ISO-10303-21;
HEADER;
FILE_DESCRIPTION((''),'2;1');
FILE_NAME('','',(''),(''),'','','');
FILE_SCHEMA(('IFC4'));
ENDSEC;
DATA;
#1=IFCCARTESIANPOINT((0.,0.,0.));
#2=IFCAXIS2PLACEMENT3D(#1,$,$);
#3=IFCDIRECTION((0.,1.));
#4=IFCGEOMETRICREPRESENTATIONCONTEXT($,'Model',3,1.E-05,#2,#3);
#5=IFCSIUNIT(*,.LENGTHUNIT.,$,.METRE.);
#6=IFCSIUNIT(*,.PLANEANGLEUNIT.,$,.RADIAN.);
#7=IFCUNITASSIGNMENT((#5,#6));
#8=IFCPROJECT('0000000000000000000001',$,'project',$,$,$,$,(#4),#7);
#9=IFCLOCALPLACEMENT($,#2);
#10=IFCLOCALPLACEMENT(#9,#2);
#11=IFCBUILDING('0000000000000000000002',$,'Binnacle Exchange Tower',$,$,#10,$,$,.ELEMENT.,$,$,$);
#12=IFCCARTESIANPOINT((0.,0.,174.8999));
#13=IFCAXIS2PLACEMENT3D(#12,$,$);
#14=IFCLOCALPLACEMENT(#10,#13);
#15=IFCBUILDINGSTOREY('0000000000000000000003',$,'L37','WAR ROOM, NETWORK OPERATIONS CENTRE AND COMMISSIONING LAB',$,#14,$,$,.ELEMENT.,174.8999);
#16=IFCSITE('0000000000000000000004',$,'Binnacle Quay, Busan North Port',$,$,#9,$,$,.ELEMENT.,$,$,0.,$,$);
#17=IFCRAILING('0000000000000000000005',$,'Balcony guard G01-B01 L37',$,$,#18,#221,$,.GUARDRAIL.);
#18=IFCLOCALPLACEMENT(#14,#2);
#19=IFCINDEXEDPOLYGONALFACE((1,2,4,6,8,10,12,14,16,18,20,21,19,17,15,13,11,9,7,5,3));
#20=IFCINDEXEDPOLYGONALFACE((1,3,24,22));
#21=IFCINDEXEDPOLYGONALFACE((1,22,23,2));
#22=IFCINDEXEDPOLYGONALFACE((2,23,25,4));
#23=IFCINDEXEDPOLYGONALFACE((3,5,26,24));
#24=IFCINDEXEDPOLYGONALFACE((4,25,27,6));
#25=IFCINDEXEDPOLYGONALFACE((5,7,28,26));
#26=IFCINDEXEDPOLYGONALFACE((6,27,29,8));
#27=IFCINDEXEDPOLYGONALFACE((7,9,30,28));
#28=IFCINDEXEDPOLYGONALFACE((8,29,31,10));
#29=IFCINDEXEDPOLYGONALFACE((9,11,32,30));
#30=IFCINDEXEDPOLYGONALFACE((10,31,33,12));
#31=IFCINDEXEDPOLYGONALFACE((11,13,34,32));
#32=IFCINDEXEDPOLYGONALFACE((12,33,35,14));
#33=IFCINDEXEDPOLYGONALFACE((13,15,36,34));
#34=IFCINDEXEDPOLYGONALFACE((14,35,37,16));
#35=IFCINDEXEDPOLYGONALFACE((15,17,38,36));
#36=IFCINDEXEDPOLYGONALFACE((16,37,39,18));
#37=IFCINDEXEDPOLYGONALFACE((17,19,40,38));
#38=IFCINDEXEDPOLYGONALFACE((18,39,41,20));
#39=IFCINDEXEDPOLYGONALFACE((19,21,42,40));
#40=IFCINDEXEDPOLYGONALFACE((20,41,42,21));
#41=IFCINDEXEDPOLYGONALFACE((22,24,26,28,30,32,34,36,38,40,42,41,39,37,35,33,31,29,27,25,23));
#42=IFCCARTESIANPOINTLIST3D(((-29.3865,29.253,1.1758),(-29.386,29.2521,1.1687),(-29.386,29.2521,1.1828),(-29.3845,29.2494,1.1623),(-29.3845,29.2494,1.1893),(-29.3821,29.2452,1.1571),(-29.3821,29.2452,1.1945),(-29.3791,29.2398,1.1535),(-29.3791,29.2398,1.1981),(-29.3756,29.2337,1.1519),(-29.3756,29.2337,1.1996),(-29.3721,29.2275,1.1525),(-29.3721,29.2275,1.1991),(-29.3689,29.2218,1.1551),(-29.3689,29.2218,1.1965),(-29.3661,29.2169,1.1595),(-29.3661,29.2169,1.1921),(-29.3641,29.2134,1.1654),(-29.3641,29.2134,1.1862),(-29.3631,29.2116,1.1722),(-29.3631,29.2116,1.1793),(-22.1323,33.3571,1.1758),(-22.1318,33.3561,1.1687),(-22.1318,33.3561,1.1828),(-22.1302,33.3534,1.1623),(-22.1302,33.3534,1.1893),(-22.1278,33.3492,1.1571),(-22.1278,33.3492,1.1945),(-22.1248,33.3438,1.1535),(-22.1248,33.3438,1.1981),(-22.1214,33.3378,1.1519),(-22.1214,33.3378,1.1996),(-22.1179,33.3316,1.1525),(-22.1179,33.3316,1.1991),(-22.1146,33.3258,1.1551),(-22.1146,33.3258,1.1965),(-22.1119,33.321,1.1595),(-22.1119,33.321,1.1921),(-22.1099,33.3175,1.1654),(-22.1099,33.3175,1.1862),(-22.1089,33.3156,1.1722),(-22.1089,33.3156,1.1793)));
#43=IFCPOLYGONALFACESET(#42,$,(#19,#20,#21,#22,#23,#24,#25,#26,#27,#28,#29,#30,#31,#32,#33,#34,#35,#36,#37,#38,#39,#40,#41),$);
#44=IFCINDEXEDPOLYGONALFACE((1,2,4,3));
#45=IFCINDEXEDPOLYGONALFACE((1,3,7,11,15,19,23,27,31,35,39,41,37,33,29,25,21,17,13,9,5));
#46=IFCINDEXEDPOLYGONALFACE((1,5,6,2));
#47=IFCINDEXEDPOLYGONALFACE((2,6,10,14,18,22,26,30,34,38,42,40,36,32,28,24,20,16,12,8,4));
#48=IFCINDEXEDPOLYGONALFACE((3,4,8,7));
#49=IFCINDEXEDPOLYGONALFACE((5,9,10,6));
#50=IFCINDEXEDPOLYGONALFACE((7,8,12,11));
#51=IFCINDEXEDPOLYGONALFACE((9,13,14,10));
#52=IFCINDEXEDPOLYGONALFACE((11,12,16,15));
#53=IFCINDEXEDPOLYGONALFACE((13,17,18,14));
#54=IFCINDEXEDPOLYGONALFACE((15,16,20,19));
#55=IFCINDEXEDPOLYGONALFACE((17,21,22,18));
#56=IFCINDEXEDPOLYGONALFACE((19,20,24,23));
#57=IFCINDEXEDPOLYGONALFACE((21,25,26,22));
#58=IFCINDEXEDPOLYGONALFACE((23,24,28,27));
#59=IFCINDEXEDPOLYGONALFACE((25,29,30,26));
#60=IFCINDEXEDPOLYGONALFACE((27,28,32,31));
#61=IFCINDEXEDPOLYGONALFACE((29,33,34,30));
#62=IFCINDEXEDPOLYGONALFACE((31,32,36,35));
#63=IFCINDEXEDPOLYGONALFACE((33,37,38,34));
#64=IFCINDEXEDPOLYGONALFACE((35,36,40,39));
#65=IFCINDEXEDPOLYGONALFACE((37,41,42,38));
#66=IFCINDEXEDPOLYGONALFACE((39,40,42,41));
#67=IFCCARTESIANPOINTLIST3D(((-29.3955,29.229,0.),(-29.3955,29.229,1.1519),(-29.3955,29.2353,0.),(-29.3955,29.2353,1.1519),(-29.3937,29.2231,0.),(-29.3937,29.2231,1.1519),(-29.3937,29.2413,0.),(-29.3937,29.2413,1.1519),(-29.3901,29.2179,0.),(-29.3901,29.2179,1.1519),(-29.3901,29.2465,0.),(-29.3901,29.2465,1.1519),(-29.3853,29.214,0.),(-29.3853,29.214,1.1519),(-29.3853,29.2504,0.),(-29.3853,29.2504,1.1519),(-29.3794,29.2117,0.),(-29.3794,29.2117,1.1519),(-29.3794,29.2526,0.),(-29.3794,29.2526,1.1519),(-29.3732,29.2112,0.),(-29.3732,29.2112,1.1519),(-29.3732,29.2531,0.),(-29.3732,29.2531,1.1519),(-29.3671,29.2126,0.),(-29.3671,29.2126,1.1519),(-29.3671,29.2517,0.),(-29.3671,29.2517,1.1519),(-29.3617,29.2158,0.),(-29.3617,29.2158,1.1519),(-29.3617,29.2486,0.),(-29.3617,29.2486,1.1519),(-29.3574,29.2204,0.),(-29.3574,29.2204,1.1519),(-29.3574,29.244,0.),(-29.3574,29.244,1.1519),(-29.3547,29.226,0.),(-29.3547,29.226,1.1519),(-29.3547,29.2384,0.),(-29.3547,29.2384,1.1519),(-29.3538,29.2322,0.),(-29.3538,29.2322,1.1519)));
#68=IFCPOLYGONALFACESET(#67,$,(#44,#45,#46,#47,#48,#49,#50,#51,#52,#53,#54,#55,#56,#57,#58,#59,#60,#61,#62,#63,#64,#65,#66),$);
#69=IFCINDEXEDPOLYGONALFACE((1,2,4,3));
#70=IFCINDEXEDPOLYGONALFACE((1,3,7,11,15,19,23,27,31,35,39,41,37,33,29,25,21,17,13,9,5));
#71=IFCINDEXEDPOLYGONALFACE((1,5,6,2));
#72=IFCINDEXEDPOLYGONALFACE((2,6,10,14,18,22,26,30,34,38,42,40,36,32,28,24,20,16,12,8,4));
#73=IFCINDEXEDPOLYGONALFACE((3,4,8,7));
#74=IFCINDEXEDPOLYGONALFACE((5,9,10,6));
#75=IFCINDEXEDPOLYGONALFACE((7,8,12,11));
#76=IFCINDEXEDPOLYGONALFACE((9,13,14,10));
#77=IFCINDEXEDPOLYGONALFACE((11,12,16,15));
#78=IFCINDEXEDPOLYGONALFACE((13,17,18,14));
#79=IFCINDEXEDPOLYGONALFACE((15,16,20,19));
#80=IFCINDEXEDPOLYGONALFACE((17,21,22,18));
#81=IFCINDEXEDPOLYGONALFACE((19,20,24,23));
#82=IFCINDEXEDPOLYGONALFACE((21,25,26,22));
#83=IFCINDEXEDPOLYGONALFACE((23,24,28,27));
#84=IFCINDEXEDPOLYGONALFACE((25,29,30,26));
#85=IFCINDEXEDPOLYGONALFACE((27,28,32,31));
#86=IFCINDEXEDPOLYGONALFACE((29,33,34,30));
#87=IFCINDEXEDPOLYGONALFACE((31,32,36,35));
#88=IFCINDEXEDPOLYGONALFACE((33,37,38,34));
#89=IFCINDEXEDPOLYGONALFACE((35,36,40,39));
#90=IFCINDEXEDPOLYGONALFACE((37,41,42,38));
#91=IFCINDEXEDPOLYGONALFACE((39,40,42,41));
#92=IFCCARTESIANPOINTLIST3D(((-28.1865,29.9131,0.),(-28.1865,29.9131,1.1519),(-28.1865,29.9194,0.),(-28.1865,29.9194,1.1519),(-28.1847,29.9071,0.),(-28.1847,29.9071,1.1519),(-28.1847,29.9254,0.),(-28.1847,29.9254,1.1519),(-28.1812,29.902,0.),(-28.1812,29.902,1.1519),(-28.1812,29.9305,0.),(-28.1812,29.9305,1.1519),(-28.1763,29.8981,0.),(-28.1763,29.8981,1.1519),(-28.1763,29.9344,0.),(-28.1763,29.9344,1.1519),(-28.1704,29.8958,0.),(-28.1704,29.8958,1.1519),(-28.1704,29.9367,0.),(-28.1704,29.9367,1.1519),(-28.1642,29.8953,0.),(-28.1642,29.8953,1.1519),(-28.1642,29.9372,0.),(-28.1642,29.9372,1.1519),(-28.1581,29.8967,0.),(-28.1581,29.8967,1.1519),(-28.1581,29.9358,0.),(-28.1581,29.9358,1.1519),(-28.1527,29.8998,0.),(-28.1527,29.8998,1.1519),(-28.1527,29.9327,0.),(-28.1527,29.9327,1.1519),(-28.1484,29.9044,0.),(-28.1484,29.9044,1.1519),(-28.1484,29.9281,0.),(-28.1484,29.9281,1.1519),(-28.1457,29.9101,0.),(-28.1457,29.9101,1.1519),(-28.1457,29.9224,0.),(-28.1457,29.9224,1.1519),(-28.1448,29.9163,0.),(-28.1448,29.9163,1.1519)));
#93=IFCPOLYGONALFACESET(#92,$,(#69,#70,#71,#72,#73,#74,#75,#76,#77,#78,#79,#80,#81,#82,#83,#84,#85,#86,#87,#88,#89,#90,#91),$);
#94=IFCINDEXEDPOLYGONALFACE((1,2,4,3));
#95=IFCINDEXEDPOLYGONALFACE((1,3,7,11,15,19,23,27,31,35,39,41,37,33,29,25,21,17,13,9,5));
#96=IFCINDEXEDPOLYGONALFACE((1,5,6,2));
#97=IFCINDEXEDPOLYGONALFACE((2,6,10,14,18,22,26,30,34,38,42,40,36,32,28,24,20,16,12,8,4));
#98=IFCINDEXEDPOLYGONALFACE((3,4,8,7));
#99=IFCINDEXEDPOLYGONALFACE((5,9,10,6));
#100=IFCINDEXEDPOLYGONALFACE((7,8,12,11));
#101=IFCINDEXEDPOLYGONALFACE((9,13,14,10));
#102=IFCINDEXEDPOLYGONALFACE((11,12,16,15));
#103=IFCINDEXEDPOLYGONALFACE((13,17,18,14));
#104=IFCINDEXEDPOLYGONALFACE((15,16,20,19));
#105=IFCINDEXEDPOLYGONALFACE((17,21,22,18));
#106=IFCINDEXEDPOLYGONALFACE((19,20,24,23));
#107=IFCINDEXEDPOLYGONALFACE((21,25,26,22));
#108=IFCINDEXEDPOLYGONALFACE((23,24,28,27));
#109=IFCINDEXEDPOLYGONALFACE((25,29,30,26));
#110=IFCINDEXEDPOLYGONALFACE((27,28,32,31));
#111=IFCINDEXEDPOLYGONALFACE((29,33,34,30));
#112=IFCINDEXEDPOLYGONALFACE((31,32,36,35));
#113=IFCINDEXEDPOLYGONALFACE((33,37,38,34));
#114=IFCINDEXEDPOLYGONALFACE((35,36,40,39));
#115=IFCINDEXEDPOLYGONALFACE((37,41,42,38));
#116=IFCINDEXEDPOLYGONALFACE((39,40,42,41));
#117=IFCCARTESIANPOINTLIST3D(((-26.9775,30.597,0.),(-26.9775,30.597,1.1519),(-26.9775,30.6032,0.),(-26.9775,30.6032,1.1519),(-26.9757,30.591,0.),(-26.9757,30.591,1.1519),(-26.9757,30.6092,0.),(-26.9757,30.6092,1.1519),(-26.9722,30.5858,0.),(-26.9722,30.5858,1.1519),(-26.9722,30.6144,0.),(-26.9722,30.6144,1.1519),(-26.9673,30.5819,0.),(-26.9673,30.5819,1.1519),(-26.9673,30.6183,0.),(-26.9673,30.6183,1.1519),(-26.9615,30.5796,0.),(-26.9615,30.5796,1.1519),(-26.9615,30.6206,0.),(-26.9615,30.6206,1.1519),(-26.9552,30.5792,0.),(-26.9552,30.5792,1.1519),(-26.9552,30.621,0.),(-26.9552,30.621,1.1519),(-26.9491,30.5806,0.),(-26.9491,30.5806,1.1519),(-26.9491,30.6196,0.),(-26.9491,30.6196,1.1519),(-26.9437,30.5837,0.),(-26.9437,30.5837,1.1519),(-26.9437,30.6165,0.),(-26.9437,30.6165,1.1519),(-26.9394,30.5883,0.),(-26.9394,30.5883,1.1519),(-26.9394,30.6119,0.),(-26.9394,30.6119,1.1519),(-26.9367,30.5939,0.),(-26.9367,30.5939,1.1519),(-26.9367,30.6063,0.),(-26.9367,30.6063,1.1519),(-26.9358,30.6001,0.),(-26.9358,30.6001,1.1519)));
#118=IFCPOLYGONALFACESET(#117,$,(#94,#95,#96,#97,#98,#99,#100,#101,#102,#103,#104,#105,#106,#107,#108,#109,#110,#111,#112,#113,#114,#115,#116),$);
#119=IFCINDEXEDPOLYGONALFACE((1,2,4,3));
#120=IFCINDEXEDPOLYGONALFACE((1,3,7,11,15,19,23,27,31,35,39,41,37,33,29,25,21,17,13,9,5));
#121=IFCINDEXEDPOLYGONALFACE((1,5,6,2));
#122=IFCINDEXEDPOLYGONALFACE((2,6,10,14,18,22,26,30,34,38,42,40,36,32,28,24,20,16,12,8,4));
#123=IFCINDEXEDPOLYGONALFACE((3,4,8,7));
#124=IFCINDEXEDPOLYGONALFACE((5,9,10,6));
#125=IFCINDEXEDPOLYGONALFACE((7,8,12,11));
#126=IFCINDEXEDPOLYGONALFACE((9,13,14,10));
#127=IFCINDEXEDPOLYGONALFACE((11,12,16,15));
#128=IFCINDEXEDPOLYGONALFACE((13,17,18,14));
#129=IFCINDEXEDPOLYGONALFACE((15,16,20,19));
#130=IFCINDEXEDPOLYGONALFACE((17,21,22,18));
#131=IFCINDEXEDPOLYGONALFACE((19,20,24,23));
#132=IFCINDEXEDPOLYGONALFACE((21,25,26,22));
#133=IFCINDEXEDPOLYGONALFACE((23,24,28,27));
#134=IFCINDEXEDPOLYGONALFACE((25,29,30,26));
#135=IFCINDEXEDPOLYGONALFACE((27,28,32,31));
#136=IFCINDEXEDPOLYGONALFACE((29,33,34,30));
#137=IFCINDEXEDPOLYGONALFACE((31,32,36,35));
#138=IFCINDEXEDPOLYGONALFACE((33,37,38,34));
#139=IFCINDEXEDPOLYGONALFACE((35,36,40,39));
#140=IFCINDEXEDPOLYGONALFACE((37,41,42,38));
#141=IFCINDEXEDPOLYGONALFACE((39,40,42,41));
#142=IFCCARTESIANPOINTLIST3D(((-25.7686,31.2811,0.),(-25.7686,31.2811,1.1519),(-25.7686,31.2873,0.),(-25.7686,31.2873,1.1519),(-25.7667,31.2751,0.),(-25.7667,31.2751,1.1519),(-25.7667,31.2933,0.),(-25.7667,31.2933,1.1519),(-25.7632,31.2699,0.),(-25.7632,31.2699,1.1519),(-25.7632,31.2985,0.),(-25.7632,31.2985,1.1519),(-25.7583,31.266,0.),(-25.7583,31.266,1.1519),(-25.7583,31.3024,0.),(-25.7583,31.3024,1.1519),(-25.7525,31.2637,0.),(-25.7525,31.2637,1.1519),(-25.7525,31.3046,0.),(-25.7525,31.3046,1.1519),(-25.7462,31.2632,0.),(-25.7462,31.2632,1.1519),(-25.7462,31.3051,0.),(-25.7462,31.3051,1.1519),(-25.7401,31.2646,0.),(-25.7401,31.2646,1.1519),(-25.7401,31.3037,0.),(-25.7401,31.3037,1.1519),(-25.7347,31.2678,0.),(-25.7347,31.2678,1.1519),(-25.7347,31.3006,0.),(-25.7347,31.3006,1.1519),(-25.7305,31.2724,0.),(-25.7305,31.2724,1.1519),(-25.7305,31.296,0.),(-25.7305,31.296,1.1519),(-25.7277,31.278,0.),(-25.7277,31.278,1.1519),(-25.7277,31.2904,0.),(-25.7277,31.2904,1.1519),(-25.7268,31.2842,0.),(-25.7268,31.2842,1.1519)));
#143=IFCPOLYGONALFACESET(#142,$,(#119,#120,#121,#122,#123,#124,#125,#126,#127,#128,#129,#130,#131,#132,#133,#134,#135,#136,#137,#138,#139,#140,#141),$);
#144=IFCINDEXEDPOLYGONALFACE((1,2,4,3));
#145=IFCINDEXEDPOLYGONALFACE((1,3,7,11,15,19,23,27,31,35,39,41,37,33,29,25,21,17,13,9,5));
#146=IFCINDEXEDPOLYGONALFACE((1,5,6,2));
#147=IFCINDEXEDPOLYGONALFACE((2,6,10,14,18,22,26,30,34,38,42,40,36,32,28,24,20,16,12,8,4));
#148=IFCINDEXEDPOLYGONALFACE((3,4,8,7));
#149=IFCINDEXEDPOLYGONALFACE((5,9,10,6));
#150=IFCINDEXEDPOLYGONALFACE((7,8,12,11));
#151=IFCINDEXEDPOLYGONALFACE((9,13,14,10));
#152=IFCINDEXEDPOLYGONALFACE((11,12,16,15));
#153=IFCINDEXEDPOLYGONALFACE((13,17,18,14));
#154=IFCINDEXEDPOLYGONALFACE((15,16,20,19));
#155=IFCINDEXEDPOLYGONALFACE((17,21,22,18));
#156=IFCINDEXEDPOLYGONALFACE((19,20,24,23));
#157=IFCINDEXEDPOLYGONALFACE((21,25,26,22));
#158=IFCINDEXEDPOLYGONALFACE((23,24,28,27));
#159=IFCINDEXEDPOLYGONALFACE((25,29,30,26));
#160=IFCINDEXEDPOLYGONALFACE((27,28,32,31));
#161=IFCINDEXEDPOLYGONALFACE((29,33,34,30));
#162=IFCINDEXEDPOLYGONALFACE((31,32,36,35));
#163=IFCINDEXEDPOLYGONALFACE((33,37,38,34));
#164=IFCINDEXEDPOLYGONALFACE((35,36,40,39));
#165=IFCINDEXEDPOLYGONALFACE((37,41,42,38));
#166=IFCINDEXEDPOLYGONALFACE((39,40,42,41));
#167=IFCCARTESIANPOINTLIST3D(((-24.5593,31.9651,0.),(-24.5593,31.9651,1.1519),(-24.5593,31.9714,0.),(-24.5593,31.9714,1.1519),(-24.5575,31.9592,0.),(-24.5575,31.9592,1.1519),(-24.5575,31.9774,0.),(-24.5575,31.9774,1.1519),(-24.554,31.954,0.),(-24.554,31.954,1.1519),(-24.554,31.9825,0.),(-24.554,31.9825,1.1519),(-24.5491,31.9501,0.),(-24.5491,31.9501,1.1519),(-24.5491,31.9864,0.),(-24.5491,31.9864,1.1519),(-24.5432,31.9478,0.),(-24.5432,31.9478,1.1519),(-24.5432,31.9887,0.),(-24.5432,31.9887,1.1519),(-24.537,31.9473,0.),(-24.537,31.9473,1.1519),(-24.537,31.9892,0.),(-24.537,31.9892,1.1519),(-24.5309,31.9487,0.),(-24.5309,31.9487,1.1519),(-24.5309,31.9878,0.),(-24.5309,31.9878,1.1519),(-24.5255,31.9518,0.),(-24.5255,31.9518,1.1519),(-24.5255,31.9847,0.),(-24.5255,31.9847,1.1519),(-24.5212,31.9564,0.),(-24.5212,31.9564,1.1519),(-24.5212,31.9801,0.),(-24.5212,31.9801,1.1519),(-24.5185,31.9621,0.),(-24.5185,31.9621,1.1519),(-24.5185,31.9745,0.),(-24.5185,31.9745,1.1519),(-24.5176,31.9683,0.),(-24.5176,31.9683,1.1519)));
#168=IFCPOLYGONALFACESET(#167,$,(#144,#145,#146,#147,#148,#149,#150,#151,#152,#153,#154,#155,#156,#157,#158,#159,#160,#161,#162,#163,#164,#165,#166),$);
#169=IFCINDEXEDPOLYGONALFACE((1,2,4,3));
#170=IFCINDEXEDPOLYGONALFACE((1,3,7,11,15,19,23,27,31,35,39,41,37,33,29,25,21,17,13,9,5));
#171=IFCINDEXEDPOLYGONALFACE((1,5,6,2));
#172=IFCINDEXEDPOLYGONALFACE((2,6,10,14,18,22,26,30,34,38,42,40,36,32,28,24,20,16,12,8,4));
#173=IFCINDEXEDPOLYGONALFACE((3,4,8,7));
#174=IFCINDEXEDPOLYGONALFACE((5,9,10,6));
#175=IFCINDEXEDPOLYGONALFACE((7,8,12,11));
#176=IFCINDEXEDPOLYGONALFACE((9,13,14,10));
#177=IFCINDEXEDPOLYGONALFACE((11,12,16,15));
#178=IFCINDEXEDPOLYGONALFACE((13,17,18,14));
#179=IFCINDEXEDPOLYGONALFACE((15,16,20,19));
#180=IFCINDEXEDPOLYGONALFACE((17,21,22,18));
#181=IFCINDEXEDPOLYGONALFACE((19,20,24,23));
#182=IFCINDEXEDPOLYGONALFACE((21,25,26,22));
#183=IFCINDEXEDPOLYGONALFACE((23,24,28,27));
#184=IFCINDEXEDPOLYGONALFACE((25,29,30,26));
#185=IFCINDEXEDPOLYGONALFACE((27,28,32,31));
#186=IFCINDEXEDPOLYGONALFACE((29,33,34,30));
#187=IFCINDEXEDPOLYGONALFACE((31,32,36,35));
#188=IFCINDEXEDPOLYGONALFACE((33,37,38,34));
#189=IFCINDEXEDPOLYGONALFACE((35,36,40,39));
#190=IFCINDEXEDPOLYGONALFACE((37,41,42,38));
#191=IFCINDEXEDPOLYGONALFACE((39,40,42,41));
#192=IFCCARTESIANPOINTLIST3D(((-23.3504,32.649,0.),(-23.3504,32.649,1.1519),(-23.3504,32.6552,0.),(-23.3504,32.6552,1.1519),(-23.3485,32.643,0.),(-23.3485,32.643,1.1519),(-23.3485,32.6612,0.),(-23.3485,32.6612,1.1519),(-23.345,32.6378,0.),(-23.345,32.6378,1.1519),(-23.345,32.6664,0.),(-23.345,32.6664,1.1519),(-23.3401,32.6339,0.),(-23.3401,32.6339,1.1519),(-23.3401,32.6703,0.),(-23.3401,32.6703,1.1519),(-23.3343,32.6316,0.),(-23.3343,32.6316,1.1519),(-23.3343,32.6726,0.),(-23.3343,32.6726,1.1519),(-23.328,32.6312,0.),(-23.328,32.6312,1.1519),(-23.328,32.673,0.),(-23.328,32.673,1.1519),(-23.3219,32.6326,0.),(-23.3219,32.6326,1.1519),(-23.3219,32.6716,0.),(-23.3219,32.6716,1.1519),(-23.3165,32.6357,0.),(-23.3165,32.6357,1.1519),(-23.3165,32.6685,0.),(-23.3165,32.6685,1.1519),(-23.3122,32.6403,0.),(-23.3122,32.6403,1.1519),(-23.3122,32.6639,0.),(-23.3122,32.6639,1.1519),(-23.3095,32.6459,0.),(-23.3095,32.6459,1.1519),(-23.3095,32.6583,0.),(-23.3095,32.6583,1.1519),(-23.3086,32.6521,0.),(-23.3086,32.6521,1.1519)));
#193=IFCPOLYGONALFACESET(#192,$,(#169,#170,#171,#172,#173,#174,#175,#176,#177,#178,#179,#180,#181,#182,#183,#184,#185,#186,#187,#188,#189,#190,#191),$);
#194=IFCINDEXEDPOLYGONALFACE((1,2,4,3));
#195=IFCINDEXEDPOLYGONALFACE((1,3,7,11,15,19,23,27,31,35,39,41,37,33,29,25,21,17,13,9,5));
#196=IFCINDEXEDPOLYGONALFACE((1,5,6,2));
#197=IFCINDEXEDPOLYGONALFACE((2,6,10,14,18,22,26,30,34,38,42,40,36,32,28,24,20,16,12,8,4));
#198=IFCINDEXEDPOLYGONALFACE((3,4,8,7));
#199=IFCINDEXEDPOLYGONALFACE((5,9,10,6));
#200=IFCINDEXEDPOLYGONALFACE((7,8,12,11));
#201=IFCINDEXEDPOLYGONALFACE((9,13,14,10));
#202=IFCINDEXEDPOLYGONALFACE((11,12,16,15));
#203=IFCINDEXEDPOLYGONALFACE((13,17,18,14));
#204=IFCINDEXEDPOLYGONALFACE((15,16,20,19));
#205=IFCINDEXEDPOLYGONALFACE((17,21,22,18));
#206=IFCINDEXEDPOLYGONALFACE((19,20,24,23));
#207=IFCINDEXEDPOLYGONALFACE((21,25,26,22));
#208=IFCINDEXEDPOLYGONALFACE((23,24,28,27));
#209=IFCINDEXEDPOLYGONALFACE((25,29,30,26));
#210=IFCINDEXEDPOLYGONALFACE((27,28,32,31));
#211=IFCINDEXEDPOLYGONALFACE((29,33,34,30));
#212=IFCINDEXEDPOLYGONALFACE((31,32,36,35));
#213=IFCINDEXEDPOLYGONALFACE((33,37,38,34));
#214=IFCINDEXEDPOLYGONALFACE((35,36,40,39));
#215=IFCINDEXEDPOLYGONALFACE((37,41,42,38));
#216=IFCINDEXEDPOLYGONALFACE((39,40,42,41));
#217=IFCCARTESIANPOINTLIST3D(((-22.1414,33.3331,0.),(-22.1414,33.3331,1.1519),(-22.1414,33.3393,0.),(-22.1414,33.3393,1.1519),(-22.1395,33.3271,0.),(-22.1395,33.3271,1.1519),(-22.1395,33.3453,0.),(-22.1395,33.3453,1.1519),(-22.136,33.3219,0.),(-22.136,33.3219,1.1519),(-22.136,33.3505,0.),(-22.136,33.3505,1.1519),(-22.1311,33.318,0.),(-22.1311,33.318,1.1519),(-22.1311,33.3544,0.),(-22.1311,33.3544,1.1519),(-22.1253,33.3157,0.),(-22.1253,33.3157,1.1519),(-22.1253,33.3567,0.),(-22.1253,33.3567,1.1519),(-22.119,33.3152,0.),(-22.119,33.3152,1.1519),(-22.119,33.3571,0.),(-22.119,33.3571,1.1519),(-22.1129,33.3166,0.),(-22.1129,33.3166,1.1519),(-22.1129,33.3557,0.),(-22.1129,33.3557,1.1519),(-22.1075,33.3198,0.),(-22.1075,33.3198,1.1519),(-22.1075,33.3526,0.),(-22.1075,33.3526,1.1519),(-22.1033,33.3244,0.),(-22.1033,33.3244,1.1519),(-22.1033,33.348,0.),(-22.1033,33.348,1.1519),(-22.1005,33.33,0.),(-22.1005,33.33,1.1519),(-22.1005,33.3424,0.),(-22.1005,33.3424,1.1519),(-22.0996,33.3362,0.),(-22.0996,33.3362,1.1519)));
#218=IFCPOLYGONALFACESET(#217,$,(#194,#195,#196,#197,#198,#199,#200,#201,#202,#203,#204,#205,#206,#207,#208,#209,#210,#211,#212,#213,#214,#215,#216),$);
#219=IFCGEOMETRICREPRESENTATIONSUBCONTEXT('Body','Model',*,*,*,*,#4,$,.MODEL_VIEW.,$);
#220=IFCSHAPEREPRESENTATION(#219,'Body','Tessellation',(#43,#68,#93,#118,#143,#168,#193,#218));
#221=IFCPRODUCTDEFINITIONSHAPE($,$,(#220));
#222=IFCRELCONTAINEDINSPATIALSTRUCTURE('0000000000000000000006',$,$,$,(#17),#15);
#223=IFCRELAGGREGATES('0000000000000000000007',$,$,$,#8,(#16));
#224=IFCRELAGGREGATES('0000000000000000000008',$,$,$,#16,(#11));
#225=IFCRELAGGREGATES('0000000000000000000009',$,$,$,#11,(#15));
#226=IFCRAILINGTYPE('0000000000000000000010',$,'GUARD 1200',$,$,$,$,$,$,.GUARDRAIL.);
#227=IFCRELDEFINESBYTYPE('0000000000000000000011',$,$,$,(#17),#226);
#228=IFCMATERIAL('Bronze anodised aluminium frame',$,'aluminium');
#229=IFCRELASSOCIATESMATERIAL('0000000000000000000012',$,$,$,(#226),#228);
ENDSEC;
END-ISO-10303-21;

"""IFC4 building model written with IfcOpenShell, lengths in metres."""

from ifc_helpers import new_model, si_unit, direction, frame, origin, origin_2d, place, context, subcontext, project, spatial, circle, extrude, material, type_object, element, save


model = new_model("IFC4")

# Units and contexts
model_context = context("Model", 3, precision=1e-05, world=origin(), true_north=direction((0.0, 1.0)))
body_context = subcontext(model_context, "Body", "Model", "MODEL_VIEW")
ifc_project = project(units=[si_unit("LENGTHUNIT", "METRE"), si_unit("PLANEANGLEUNIT", "RADIAN")], contexts=[model_context])

# Site, building, storey
site_placement = place(None, origin())
site = spatial("IfcSite", under=ifc_project, at=site_placement, Name="Binnacle Quay, Busan North Port", CompositionType="ELEMENT", RefElevation=0.0)
building_placement = place(site_placement, origin())
building = spatial("IfcBuilding", under=site, at=building_placement, Name="Binnacle Exchange Tower", CompositionType="ELEMENT")
storey_placement = place(building_placement, frame((0.0, 0.0, 174.8999)))
storey = spatial("IfcBuildingStorey", under=building, at=storey_placement, Name="L37", Description="WAR ROOM, NETWORK OPERATIONS CENTRE AND COMMISSIONING LAB", CompositionType="ELEMENT", Elevation=174.8999)

# Railing
ifc_material_1 = material(Name="Bronze anodised aluminium frame", Category="aluminium")
railing_type_1 = type_object("IfcRailingType", Name="GUARD 1200", PredefinedType="GUARDRAIL", material=ifc_material_1)
railing_1_placement = place(storey_placement, frame((-29.3748, 29.2322, 0.0)))
element("IfcRailing", 1, at=railing_1_placement, inside=storey, type_object=railing_type_1, Name="Balcony guard G01-B01 L37", PredefinedType="GUARDRAIL", context=body_context, shape_type="SweptSolid", body=[
    extrude(circle(Radius=0.0239, at=origin_2d()), frame((0.0, 0.0, 1.1758), z_axis=(0.870366, 0.492406, 0.0), x_axis=(-0.492406, 0.870366, 0.0)), (0.0, 0.0, 1.0), 8.3347),
    extrude(circle(Radius=0.021, at=origin_2d()), origin(), (0.0, 0.0, 1.0), 1.1519),
    extrude(circle(Radius=0.021, at=origin_2d()), frame((1.209, 0.6841, 0.0)), (0.0, 0.0, 1.0), 1.1519),
    extrude(circle(Radius=0.021, at=origin_2d()), frame((2.418, 1.3679, 0.0)), (0.0, 0.0, 1.0), 1.1519),
    extrude(circle(Radius=0.021, at=origin_2d()), frame((3.627, 2.052, 0.0)), (0.0, 0.0, 1.0), 1.1519),
    extrude(circle(Radius=0.021, at=origin_2d()), frame((4.8362, 2.7361, 0.0)), (0.0, 0.0, 1.0), 1.1519),
    extrude(circle(Radius=0.021, at=origin_2d()), frame((6.0452, 3.4199, 0.0)), (0.0, 0.0, 1.0), 1.1519),
    extrude(circle(Radius=0.021, at=origin_2d()), frame((7.2542, 4.104, 0.0)), (0.0, 0.0, 1.0), 1.1519),
])

save(model, "model.ifc")
